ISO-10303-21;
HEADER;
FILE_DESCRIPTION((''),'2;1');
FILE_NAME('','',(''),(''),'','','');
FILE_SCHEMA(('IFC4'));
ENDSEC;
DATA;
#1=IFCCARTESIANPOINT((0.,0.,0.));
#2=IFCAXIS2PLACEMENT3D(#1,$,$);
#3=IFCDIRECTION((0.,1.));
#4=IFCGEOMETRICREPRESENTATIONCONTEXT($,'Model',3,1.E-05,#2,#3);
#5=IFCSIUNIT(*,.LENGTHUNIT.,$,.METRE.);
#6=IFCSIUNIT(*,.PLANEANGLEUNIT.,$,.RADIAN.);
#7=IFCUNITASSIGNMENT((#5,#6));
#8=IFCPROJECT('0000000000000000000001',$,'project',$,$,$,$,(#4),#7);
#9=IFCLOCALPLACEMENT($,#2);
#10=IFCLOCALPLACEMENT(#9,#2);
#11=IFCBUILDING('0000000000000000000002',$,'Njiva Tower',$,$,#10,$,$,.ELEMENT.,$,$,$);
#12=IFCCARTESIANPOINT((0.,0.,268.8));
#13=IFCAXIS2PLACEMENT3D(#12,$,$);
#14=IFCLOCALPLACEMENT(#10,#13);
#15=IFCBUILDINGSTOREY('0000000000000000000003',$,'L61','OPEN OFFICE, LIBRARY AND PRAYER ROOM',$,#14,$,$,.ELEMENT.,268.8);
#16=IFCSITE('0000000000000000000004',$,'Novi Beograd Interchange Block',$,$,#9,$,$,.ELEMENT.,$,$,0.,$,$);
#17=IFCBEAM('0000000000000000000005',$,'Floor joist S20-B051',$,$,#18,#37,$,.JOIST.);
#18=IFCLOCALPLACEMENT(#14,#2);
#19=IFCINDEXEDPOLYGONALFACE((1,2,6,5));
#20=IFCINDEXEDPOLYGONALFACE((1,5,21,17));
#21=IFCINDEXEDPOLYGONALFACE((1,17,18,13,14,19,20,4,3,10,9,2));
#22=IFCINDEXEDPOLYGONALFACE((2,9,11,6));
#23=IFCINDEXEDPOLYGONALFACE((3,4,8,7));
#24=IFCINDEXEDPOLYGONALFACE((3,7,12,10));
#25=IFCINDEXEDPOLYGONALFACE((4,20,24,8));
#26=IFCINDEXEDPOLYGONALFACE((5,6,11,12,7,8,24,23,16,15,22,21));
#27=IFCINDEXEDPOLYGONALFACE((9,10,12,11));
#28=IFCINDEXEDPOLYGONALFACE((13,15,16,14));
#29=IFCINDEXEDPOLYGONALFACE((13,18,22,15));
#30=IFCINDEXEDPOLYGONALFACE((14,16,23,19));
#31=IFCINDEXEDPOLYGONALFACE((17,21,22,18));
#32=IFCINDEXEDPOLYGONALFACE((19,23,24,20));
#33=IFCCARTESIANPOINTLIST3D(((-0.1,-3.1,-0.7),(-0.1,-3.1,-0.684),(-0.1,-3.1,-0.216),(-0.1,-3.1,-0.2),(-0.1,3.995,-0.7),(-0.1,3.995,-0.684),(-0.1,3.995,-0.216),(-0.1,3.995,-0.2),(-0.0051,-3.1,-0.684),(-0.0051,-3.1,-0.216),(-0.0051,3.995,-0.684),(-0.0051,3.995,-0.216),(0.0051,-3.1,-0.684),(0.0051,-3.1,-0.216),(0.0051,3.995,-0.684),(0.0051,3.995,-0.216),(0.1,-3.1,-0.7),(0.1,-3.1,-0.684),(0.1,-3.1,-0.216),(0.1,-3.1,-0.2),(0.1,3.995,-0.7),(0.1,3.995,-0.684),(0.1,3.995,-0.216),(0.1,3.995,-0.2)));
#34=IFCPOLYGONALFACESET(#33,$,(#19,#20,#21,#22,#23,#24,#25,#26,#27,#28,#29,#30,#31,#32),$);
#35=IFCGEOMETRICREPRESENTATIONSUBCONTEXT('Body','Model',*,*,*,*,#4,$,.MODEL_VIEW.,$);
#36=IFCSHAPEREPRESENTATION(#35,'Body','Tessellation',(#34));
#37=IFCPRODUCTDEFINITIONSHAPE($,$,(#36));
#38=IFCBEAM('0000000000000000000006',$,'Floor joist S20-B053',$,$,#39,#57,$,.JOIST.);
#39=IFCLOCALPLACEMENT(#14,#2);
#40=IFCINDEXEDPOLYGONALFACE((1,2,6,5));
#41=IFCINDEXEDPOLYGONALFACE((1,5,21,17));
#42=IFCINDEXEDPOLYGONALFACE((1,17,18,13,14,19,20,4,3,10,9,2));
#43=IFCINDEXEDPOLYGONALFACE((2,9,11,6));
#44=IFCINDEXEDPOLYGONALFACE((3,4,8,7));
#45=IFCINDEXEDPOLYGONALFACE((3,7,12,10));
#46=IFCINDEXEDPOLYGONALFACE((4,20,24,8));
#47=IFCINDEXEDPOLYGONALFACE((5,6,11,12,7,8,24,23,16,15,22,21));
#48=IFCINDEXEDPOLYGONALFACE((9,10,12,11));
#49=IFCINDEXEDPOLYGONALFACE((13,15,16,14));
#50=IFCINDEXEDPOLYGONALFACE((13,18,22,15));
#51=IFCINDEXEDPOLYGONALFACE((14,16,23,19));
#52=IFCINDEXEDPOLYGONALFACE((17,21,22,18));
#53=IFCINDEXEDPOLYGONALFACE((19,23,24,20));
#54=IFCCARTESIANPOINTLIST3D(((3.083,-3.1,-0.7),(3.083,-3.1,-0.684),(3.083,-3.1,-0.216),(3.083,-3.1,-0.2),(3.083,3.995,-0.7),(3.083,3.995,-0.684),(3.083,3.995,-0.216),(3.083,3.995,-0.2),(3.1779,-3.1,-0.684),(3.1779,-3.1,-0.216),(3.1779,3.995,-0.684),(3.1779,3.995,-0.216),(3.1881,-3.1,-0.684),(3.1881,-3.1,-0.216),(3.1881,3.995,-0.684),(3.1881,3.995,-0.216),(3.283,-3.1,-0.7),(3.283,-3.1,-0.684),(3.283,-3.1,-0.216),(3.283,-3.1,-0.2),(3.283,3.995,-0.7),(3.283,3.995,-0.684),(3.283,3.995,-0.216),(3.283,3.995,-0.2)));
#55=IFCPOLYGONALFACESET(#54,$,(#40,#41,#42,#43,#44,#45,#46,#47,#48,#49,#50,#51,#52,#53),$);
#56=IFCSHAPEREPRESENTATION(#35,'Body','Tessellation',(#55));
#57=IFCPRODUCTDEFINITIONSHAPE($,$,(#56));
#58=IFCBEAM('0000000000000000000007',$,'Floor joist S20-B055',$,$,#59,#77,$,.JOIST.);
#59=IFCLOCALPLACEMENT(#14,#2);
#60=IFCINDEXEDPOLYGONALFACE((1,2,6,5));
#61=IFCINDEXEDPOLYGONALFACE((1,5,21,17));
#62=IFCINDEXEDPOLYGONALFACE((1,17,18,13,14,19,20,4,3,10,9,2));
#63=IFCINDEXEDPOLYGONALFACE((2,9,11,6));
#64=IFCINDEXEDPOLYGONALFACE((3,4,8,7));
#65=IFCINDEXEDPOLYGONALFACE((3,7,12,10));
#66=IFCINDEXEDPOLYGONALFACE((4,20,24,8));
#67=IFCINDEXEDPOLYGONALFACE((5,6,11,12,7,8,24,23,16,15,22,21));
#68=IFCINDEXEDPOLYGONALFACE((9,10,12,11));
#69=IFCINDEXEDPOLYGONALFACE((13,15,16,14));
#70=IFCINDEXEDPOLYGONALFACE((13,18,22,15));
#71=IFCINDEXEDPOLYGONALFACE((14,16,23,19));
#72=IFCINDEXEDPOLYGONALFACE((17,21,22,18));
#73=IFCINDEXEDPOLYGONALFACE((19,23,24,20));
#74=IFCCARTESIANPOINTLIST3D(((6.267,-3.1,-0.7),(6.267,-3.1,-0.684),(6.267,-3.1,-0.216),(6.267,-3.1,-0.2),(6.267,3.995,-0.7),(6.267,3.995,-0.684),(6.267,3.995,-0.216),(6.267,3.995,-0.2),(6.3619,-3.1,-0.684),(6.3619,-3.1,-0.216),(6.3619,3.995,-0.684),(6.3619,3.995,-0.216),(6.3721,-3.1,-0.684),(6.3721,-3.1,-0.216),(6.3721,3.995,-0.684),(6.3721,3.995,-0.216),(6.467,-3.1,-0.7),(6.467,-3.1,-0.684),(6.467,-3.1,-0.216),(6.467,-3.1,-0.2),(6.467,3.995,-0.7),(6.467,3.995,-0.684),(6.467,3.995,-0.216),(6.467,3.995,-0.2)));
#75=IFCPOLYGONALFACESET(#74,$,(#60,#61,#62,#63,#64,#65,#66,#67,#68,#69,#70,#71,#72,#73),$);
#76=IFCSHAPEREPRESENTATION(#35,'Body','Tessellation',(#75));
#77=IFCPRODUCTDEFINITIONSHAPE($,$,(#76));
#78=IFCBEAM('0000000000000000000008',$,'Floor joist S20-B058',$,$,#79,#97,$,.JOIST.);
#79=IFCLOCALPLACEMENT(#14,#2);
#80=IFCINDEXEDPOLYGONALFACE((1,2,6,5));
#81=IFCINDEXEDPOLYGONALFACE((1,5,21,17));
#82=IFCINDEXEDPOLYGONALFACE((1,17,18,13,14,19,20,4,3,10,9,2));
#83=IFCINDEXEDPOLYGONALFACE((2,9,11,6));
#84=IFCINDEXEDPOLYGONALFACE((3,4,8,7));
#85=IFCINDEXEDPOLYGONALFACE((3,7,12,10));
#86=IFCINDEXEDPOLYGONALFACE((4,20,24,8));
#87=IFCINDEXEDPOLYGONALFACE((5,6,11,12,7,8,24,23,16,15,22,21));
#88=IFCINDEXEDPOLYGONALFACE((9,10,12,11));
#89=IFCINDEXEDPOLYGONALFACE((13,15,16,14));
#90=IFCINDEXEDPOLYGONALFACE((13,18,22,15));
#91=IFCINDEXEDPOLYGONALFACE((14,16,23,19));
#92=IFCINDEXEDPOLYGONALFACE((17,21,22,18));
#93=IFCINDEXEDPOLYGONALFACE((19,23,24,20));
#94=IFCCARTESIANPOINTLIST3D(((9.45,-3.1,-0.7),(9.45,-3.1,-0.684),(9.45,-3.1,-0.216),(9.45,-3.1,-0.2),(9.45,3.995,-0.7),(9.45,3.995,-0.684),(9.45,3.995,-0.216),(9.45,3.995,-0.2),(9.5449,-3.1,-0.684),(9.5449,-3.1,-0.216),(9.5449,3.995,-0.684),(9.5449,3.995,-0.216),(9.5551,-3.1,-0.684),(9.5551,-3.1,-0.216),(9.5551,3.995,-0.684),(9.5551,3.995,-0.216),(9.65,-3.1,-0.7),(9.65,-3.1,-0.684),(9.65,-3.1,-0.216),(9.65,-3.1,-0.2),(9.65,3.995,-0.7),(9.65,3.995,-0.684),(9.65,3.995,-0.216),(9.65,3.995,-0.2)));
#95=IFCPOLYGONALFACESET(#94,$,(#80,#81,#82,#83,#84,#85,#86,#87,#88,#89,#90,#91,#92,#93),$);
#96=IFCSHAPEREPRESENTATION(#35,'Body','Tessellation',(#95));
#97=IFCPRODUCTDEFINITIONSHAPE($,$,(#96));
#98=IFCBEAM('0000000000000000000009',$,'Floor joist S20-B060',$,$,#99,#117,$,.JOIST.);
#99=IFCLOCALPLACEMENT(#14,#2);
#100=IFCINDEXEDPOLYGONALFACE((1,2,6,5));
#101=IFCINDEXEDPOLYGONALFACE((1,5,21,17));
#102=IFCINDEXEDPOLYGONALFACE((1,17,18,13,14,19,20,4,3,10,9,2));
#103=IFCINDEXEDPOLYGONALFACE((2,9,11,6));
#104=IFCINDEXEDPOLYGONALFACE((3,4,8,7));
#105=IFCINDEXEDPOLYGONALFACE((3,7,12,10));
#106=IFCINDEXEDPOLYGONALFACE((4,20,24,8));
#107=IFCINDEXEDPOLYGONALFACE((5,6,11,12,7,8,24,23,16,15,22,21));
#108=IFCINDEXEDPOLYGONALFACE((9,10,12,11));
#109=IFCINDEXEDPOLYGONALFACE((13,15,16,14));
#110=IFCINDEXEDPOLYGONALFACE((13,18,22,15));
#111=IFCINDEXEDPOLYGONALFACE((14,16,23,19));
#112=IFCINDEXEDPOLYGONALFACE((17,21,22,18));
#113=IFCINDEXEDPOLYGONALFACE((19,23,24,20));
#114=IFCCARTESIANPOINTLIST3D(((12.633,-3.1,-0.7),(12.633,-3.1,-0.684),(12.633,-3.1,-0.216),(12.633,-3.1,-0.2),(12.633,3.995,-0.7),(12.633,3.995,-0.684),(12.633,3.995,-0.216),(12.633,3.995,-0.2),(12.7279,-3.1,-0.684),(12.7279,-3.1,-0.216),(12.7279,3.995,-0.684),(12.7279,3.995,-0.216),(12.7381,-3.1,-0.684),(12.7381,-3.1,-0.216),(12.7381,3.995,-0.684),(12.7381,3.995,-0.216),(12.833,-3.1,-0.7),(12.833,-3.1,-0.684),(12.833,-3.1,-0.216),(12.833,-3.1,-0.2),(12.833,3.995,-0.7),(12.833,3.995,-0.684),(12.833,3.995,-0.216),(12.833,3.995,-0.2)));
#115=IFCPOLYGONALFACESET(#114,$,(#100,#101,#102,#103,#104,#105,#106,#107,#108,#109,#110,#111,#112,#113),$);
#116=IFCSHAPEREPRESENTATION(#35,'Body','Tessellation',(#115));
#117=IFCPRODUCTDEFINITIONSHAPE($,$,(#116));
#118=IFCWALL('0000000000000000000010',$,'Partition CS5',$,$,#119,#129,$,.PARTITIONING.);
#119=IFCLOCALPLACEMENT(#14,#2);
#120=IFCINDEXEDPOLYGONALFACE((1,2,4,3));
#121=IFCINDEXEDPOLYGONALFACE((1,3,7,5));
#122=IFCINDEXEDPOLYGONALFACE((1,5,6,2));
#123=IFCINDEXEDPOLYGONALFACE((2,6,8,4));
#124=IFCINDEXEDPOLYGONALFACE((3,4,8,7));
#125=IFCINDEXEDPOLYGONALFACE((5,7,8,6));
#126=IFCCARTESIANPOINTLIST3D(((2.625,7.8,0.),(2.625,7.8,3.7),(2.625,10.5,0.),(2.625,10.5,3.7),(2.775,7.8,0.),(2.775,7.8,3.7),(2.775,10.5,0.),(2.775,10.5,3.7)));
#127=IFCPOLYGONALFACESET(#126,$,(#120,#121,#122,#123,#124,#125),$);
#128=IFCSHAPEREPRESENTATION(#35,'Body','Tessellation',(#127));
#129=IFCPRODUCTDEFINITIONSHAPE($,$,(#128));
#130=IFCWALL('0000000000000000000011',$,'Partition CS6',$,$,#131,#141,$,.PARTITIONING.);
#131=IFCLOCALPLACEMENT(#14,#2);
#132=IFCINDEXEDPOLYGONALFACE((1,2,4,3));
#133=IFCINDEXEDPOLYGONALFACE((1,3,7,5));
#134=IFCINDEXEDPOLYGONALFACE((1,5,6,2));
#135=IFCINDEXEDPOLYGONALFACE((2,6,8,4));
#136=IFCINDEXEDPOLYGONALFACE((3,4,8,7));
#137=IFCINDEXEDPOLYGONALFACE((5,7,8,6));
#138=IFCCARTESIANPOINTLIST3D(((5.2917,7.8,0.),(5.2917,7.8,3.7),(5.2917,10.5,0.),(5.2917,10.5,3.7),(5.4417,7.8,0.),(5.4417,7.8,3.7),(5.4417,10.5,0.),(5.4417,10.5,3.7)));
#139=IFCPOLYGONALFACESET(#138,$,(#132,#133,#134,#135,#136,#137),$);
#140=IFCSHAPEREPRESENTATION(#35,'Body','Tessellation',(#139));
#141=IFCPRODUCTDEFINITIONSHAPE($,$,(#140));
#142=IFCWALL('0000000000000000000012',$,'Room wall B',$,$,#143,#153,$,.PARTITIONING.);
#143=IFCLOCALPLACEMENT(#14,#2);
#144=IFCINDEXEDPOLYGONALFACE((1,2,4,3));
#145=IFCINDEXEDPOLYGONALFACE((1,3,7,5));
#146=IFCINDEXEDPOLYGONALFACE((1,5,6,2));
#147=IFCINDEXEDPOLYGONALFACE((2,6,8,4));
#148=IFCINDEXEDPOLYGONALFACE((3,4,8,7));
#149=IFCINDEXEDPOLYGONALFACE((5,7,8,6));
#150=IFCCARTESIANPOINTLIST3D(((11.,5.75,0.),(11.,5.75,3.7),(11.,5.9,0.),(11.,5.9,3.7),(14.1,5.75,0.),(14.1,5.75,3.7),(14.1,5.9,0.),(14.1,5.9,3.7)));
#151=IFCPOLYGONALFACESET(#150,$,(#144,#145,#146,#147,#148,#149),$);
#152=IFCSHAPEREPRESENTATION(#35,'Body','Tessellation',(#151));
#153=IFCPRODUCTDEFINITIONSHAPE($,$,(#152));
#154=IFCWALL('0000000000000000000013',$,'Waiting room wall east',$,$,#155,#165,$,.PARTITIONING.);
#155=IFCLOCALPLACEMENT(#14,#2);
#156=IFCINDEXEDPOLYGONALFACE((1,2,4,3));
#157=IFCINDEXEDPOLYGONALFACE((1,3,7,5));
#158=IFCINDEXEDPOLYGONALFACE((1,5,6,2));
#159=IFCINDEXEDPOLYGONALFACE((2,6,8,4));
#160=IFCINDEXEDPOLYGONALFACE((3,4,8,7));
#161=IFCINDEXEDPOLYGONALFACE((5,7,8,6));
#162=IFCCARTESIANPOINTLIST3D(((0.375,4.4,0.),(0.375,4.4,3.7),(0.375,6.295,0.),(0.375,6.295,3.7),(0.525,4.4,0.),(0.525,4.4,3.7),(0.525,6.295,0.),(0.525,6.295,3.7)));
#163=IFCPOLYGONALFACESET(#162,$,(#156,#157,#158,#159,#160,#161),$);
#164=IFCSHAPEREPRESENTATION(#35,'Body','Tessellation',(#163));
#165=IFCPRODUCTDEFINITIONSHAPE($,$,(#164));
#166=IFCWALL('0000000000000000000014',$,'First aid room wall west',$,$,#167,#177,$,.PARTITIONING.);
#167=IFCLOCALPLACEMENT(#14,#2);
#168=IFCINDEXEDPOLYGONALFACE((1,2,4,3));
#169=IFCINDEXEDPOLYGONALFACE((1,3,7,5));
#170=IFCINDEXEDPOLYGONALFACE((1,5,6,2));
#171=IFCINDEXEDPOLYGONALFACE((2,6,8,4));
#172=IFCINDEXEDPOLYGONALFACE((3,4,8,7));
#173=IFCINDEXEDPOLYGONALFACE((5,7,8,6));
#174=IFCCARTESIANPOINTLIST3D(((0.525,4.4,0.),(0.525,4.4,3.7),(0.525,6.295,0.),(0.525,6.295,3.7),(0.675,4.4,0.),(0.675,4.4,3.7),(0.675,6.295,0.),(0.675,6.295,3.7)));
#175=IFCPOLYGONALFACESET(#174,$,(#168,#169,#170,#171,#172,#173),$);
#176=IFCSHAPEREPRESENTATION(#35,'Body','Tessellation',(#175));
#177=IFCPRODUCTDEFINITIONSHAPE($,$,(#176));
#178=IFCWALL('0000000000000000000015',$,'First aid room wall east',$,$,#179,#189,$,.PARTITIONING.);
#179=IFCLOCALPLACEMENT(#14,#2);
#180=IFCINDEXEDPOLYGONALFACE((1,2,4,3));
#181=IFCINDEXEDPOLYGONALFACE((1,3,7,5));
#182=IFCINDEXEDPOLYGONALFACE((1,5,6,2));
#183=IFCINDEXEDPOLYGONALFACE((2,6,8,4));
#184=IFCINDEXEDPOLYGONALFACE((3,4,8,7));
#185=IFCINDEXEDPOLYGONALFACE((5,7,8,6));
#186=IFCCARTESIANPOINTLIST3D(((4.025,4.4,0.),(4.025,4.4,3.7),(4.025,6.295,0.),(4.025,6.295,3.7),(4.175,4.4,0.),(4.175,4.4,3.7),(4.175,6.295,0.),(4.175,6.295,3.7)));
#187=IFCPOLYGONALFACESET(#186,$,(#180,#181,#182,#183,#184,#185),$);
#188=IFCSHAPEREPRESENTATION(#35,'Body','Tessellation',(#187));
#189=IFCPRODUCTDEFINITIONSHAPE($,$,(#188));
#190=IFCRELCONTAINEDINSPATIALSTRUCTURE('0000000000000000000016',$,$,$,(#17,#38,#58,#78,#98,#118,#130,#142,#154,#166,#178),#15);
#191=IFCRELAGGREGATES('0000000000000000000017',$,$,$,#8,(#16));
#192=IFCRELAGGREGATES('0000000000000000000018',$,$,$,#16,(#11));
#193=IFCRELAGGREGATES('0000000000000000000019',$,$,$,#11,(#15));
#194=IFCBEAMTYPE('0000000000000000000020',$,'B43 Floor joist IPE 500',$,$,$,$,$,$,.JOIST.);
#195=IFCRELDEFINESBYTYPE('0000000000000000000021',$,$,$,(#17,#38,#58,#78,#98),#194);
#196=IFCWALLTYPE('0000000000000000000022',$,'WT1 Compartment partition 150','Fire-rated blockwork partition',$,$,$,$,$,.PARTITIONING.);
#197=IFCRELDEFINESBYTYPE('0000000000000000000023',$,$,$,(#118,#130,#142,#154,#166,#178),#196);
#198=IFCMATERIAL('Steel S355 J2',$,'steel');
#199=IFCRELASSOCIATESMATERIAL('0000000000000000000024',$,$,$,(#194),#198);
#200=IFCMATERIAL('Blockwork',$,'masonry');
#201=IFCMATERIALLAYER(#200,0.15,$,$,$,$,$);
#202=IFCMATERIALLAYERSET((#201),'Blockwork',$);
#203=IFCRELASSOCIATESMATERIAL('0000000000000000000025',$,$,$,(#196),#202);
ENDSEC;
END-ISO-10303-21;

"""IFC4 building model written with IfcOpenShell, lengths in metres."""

from ifc_helpers import new_model, si_unit, direction, frame, frame_2d, origin, origin_2d, place, context, subcontext, project, spatial, rectangle, i_section, extrude, material, layer, layer_set, material_profile, profile_set, type_object, element, save


model = new_model("IFC4")

# Units and contexts
model_context = context("Model", 3, precision=1e-05, world=origin(), true_north=direction((0.0, 1.0)))
body_context = subcontext(model_context, "Body", "Model", "MODEL_VIEW")
ifc_project = project(units=[si_unit("LENGTHUNIT", "METRE"), si_unit("PLANEANGLEUNIT", "RADIAN")], contexts=[model_context])

# Site, building, storey
site_placement = place(None, origin())
site = spatial("IfcSite", under=ifc_project, at=site_placement, Name="Novi Beograd Interchange Block", CompositionType="ELEMENT", RefElevation=0.0)
building_placement = place(site_placement, origin())
building = spatial("IfcBuilding", under=site, at=building_placement, Name="Njiva Tower", CompositionType="ELEMENT")
storey_placement = place(building_placement, frame((0.0, 0.0, 268.8)))
storey = spatial("IfcBuildingStorey", under=building, at=storey_placement, Name="L61", Description="OPEN OFFICE, LIBRARY AND PRAYER ROOM", CompositionType="ELEMENT", Elevation=268.8)

# Beams
ifc_material_1 = material(Name="Steel S355 J2", Category="steel")
ifc_material_profile = material_profile(ifc_material_1, i_section(OverallWidth=0.2, OverallDepth=0.5, WebThickness=0.0102, FlangeThickness=0.016, at=origin_2d()), Name="IPE 500")
ifc_profile_set = profile_set([ifc_material_profile], Name="Steel S355 J2")
beam_type = type_object("IfcBeamType", Name="B43 Floor joist IPE 500", PredefinedType="JOIST", material=ifc_profile_set)
for number, where, z_axis, x_axis, name in (
    (1, (0.0, 3.995, -0.45), (0.0, -1.0, 0.0), (1.0, 0.0, 0.0), "Floor joist S20-B051"),
    (2, (3.183, 3.995, -0.45), (0.0, -1.0, 0.0), (1.0, 0.0, 0.0), "Floor joist S20-B053"),
    (3, (6.367, 3.995, -0.45), (0.0, -1.0, 0.0), (1.0, 0.0, 0.0), "Floor joist S20-B055"),
    (4, (9.55, 3.995, -0.45), (0.0, -1.0, 0.0), (1.0, 0.0, 0.0), "Floor joist S20-B058"),
    (5, (12.733, 3.995, -0.45), (0.0, -1.0, 0.0), (1.0, 0.0, 0.0), "Floor joist S20-B060"),
):
    element("IfcBeam", number, at=place(storey_placement, frame(where, z_axis=z_axis, x_axis=x_axis)), inside=storey, type_object=beam_type, Name=name, PredefinedType="JOIST", context=body_context, shape_type="SweptSolid", body=[
        extrude(i_section(OverallWidth=0.2, OverallDepth=0.5, WebThickness=0.0102, FlangeThickness=0.016, at=origin_2d()), origin(), (0.0, 0.0, 1.0), 7.095),
    ])

# Walls
ifc_material_2 = material(Name="Blockwork", Category="masonry")
ifc_layer_1 = layer(ifc_material_2, 0.15)
ifc_layer_set_1 = layer_set([ifc_layer_1], Name="Blockwork")
wall_type_1 = type_object("IfcWallType", Name="WT1 Compartment partition 150", Description="Fire-rated blockwork partition", PredefinedType="PARTITIONING", material=ifc_layer_set_1)
for number, where, z_axis, x_axis, name in (
    (6, (2.7, 7.8, 0.0), (0.0, 0.0, 1.0), (0.0, 1.0, 0.0), "Partition CS5"),
    (7, (5.3667, 7.8, 0.0), (0.0, 0.0, 1.0), (0.0, 1.0, 0.0), "Partition CS6"),
):
    element("IfcWall", number, at=place(storey_placement, frame(where, z_axis=z_axis, x_axis=x_axis)), inside=storey, type_object=wall_type_1, Name=name, PredefinedType="PARTITIONING", context=body_context, shape_type="SweptSolid", body=[
        extrude(rectangle(XDim=2.7, YDim=0.15, at=frame_2d((1.35, 0.0))), origin(), (0.0, 0.0, 1.0), 3.7),
    ])
wall_1_placement = place(storey_placement, frame((11.0, 5.825, 0.0), z_axis=(0.0, 0.0, 1.0), x_axis=(1.0, 0.0, 0.0)))
element("IfcWall", 8, at=wall_1_placement, inside=storey, type_object=wall_type_1, Name="Room wall B", PredefinedType="PARTITIONING", context=body_context, shape_type="SweptSolid", body=[
    extrude(rectangle(XDim=3.1, YDim=0.15, at=frame_2d((1.55, 0.0))), origin(), (0.0, 0.0, 1.0), 3.7),
])
for number, where, z_axis, x_axis, name in (
    (9, (0.45, 4.4, 0.0), (0.0, 0.0, 1.0), (0.0, 1.0, 0.0), "Waiting room wall east"),
    (10, (0.6, 4.4, 0.0), (0.0, 0.0, 1.0), (0.0, 1.0, 0.0), "First aid room wall west"),
    (11, (4.1, 4.4, 0.0), (0.0, 0.0, 1.0), (0.0, 1.0, 0.0), "First aid room wall east"),
):
    element("IfcWall", number, at=place(storey_placement, frame(where, z_axis=z_axis, x_axis=x_axis)), inside=storey, type_object=wall_type_1, Name=name, PredefinedType="PARTITIONING", context=body_context, shape_type="SweptSolid", body=[
        extrude(rectangle(XDim=1.895, YDim=0.15, at=frame_2d((0.9475, 0.0))), origin(), (0.0, 0.0, 1.0), 3.7),
    ])

save(model, "model.ifc")
